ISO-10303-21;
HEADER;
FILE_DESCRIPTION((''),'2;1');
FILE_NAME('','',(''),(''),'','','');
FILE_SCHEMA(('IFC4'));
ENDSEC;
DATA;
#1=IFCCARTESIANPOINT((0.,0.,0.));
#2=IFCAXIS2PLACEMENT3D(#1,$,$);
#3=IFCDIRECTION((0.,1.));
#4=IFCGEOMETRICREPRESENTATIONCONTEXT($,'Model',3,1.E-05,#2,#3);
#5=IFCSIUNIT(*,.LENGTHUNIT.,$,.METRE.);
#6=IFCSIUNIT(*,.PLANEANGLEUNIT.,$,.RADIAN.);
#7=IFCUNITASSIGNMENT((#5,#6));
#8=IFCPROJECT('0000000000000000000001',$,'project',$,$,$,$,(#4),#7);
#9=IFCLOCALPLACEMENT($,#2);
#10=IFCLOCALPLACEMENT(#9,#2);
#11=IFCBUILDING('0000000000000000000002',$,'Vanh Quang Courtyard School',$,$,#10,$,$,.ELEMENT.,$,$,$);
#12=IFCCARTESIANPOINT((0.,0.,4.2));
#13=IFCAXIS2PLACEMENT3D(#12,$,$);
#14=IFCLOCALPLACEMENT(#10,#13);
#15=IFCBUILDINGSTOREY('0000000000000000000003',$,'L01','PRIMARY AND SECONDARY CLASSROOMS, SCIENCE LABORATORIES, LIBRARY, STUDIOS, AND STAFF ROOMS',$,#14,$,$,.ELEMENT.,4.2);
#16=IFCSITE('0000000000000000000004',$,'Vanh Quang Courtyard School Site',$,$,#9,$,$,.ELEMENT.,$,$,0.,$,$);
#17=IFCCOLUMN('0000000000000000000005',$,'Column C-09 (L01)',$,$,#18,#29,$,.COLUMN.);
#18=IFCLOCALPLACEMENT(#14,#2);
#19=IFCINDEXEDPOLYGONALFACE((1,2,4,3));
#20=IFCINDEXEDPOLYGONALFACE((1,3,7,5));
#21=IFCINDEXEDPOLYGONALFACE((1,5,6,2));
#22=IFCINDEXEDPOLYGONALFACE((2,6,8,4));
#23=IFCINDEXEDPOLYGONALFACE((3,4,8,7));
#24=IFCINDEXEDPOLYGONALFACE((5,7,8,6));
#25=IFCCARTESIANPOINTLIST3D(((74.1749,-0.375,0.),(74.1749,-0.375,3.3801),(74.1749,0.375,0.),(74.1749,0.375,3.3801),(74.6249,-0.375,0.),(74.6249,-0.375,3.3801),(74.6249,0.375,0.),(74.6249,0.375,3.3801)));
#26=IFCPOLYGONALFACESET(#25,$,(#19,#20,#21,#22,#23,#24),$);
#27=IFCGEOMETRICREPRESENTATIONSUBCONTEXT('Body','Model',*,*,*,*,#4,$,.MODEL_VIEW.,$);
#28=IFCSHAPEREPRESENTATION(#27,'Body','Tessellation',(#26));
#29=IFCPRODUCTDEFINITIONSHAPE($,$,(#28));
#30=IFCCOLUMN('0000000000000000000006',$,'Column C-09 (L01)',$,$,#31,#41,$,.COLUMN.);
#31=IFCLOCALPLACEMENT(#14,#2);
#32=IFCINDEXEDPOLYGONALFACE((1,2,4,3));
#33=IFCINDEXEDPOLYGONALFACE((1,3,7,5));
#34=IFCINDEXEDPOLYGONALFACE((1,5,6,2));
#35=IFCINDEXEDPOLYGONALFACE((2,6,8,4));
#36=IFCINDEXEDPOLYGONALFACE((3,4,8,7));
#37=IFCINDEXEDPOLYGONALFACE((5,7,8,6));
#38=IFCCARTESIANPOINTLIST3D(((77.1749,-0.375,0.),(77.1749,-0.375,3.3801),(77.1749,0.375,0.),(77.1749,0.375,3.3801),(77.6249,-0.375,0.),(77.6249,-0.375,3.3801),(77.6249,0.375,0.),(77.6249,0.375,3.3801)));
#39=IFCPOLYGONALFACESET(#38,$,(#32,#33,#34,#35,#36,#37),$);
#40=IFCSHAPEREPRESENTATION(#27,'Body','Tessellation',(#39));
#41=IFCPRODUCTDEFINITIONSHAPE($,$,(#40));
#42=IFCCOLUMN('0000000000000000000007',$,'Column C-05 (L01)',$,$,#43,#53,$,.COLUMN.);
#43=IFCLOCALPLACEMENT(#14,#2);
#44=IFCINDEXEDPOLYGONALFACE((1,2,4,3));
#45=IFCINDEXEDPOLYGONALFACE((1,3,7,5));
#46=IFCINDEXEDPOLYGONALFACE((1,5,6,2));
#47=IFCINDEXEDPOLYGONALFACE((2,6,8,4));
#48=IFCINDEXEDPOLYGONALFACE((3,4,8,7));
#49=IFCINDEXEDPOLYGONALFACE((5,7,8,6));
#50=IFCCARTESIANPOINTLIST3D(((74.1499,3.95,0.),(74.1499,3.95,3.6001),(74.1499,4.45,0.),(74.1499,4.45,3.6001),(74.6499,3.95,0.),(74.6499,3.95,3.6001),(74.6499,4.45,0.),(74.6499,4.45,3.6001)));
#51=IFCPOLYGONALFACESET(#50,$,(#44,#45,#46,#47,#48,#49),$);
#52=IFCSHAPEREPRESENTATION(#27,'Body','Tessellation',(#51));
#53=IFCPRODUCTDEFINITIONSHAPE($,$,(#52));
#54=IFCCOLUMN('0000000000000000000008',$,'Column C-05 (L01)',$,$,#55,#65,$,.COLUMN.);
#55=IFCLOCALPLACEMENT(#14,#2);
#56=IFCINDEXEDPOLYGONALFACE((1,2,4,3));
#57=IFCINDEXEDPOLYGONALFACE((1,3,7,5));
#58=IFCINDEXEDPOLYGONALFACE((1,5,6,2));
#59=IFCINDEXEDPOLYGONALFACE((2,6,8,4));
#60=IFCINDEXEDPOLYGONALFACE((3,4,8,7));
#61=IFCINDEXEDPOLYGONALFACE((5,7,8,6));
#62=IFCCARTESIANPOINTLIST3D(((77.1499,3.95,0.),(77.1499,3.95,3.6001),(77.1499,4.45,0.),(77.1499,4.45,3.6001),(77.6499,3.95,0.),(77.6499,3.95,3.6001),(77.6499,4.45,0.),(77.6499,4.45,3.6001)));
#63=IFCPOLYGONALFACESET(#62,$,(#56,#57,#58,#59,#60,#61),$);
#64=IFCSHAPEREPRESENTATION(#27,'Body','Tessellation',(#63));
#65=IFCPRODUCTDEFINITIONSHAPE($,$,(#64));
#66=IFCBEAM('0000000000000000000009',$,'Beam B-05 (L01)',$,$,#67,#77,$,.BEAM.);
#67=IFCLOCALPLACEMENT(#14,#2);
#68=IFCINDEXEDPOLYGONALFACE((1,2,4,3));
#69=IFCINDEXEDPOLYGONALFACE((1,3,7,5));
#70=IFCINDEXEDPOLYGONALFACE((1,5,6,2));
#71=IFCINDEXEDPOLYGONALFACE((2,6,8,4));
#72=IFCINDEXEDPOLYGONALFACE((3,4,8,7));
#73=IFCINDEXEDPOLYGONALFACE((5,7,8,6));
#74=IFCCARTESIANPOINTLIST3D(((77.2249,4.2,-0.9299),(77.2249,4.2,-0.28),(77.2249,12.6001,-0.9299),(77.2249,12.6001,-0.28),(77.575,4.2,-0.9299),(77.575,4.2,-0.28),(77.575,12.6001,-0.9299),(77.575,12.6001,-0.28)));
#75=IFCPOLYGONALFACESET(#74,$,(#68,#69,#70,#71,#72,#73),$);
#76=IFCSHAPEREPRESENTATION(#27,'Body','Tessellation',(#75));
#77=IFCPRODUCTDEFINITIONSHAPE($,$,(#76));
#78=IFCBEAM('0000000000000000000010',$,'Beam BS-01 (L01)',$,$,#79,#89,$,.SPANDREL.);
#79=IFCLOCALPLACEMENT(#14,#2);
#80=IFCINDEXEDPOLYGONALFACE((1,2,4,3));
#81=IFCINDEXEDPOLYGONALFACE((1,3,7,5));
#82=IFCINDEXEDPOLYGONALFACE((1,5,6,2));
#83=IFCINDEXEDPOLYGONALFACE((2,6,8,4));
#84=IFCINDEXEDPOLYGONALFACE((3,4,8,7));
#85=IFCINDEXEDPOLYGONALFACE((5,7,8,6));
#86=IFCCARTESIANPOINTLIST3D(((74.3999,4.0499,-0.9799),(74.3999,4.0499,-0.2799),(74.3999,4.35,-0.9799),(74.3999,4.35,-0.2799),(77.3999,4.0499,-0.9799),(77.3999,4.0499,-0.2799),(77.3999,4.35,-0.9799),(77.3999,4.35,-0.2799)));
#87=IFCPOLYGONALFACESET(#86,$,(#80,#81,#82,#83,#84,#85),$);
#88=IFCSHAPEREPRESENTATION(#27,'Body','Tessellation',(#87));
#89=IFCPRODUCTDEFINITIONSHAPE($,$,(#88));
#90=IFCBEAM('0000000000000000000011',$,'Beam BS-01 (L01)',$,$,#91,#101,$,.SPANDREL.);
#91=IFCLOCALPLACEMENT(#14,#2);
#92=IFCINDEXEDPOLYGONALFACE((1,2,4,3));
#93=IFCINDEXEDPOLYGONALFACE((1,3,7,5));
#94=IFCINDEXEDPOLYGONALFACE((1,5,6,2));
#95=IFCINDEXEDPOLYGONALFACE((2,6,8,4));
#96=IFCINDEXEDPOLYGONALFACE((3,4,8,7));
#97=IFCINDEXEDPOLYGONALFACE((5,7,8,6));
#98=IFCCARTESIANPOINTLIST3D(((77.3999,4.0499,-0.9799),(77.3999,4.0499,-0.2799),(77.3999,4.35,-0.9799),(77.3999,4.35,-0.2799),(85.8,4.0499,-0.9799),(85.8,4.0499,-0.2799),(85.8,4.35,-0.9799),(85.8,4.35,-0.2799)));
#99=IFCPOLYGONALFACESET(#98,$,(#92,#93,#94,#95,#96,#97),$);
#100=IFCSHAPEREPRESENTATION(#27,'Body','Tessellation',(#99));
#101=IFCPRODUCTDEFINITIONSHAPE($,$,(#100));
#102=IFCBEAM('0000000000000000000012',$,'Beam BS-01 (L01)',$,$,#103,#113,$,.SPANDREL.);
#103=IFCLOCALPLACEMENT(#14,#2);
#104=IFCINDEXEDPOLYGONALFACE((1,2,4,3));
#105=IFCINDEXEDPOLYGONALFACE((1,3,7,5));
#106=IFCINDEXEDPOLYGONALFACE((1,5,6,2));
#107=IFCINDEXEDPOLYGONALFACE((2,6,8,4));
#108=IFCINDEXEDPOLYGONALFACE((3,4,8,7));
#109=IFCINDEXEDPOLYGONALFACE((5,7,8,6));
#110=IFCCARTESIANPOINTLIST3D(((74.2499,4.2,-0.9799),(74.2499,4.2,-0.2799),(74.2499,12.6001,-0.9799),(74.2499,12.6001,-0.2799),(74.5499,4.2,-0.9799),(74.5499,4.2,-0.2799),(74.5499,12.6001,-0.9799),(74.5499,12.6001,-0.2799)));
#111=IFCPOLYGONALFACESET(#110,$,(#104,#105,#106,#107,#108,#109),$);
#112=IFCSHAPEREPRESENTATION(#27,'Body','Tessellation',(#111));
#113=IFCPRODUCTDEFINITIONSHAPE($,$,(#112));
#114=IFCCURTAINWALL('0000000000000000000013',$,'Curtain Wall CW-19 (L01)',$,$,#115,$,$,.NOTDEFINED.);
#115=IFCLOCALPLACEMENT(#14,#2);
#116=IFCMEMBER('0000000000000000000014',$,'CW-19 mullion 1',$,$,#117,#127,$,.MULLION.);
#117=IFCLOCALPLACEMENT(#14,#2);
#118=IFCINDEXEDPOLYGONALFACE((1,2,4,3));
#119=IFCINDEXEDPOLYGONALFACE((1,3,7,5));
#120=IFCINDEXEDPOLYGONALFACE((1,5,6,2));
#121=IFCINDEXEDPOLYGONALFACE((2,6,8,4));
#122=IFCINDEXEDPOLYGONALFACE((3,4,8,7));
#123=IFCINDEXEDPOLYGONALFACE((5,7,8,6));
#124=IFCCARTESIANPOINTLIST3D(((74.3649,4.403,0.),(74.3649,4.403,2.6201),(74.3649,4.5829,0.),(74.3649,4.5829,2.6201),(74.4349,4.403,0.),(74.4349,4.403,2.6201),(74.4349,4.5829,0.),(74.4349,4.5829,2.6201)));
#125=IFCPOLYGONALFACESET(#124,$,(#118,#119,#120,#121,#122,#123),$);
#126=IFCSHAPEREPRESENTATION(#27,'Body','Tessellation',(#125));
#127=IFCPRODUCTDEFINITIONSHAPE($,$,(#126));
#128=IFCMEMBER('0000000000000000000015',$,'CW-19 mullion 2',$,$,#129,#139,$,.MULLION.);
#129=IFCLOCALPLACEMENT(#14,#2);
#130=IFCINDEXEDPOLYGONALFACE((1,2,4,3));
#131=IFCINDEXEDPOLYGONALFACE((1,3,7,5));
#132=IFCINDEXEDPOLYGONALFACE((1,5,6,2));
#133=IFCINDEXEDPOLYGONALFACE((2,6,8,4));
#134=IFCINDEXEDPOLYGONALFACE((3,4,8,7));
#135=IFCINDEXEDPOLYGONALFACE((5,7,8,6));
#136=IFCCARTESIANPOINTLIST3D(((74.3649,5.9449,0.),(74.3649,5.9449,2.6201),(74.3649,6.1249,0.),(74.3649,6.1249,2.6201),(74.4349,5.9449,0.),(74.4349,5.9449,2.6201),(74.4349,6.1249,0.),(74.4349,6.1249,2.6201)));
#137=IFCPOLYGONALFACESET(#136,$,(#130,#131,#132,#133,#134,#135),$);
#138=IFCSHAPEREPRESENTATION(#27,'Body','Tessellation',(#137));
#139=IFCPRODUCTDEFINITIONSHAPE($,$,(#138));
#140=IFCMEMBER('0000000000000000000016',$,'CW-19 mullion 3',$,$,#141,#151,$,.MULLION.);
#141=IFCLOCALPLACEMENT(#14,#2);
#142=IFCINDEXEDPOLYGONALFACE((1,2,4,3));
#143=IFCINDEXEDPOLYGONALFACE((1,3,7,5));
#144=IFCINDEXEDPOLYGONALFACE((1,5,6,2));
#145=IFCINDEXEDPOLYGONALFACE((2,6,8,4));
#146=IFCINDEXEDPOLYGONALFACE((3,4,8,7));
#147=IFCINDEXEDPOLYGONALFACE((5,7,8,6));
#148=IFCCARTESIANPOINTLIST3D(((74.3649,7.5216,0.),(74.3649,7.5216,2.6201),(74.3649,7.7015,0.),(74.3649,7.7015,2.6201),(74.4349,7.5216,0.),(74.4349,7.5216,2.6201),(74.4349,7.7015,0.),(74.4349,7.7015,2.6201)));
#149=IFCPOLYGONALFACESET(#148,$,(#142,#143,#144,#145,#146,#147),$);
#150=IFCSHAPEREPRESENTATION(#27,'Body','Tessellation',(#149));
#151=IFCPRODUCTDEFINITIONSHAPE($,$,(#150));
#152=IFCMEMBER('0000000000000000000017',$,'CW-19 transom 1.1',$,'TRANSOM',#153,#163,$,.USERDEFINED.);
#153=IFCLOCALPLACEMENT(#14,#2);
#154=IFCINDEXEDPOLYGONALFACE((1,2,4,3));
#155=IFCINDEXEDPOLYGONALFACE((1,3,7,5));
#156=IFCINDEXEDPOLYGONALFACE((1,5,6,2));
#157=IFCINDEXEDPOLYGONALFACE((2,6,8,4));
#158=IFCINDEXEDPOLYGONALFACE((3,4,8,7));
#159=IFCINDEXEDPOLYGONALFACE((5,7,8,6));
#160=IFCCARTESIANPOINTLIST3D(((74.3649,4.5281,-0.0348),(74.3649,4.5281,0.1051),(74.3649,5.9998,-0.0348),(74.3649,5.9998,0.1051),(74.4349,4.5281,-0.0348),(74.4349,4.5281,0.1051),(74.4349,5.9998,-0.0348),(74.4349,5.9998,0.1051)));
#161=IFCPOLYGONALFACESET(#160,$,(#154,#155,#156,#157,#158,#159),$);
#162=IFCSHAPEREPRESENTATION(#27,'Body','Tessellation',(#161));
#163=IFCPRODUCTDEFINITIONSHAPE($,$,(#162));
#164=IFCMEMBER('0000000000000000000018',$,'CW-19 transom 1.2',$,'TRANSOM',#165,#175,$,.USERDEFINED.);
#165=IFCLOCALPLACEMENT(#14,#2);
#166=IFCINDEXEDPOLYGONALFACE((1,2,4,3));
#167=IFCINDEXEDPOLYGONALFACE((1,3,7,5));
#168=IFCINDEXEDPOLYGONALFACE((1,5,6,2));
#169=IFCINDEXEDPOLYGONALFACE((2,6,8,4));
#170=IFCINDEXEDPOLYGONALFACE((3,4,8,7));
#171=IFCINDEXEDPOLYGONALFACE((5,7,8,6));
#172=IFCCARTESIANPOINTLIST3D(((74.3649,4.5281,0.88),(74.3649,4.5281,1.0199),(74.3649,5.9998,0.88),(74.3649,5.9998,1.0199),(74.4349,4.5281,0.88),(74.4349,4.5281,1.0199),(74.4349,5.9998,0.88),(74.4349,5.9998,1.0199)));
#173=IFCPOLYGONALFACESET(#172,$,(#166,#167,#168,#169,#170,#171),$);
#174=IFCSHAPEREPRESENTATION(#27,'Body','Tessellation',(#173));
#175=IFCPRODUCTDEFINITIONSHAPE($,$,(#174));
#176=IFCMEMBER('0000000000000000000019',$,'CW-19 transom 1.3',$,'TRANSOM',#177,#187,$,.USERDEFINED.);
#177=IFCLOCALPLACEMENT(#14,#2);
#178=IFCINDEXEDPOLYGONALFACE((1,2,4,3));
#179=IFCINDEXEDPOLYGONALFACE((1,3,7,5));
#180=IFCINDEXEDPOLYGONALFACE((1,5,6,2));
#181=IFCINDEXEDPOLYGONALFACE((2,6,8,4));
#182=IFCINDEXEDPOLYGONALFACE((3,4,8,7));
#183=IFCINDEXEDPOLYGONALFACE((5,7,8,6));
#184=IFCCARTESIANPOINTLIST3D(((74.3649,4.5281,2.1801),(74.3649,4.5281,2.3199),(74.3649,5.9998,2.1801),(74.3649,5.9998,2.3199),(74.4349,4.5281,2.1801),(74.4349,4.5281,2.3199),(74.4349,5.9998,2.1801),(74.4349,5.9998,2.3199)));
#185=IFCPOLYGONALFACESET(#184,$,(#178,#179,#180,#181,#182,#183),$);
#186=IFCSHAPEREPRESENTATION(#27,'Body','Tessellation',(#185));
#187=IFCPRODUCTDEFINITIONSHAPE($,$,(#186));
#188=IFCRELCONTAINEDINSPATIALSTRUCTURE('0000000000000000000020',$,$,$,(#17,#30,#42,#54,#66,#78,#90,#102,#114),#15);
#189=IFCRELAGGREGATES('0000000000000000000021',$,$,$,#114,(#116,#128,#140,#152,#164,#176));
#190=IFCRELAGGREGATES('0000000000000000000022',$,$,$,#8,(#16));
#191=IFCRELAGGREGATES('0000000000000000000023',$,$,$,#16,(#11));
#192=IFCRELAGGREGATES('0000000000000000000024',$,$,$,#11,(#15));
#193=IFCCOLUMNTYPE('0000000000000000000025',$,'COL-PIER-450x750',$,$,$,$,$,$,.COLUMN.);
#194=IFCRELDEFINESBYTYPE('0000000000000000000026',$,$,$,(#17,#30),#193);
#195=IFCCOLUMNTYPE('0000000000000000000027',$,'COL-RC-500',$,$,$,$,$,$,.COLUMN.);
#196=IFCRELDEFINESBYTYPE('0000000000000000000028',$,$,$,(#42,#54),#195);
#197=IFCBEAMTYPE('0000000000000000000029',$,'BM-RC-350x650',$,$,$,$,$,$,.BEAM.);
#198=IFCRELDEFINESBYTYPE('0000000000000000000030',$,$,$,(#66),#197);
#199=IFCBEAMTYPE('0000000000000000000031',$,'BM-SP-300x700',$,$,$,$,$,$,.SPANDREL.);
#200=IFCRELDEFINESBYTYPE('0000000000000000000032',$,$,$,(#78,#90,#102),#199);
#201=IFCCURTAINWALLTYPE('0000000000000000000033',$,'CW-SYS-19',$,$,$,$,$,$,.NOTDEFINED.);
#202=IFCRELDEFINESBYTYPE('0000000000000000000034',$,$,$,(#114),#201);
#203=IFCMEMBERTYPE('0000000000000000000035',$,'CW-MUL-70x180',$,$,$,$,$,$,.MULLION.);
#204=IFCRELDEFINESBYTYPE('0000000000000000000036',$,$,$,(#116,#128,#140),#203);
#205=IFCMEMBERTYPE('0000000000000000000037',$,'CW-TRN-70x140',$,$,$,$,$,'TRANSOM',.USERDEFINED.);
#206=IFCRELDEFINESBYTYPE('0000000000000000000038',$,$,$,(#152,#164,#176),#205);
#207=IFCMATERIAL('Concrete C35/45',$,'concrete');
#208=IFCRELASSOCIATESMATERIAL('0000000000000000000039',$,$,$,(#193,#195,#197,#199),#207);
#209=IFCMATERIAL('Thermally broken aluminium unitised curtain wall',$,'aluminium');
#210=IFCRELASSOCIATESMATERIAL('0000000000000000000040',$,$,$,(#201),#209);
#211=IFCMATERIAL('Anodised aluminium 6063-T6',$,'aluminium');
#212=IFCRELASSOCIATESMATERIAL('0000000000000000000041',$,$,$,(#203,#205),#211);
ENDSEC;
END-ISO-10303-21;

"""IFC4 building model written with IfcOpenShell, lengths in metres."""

from ifc_helpers import new_model, si_unit, direction, frame, origin, origin_2d, place, context, subcontext, project, spatial, rectangle, extrude, material, material_profile, profile_set, type_object, element, aggregate, save


model = new_model("IFC4")

# Units and contexts
model_context = context("Model", 3, precision=1e-05, world=origin(), true_north=direction((0.0, 1.0)))
body_context = subcontext(model_context, "Body", "Model", "MODEL_VIEW")
ifc_project = project(units=[si_unit("LENGTHUNIT", "METRE"), si_unit("PLANEANGLEUNIT", "RADIAN")], contexts=[model_context])

# Site, building, storey
site_placement = place(None, origin())
site = spatial("IfcSite", under=ifc_project, at=site_placement, Name="Vanh Quang Courtyard School Site", CompositionType="ELEMENT", RefElevation=0.0)
building_placement = place(site_placement, origin())
building = spatial("IfcBuilding", under=site, at=building_placement, Name="Vanh Quang Courtyard School", CompositionType="ELEMENT")
storey_placement = place(building_placement, frame((0.0, 0.0, 4.2)))
storey = spatial("IfcBuildingStorey", under=building, at=storey_placement, Name="L01", Description="PRIMARY AND SECONDARY CLASSROOMS, SCIENCE LABORATORIES, LIBRARY, STUDIOS, AND STAFF ROOMS", CompositionType="ELEMENT", Elevation=4.2)

# Columns
ifc_material_1 = material(Name="Concrete C35/45", Category="concrete")
ifc_material_profile_1 = material_profile(ifc_material_1, rectangle(XDim=0.45, YDim=0.75, at=origin_2d()), Name="RC-PIER 450x750")
ifc_profile_set_1 = profile_set([ifc_material_profile_1], Name="Concrete C35/45")
column_type_1 = type_object("IfcColumnType", Name="COL-PIER-450x750", PredefinedType="COLUMN", material=ifc_profile_set_1)
for number, where, z_axis, x_axis, name in (
    (1, (74.3999, 0.0, 0.0), (0.0, 0.0, 1.0), (1.0, 0.0, 0.0), "Column C-09 (L01)"),
    (2, (77.3999, 0.0, 0.0), (0.0, 0.0, 1.0), (1.0, 0.0, 0.0), "Column C-09 (L01)"),
):
    element("IfcColumn", number, at=place(storey_placement, frame(where, z_axis=z_axis, x_axis=x_axis)), inside=storey, type_object=column_type_1, Name=name, PredefinedType="COLUMN", context=body_context, shape_type="SweptSolid", body=[
        extrude(rectangle(XDim=0.45, YDim=0.75, at=origin_2d()), origin(), (0.0, 0.0, 1.0), 3.3801),
    ])
ifc_material_profile_2 = material_profile(ifc_material_1, rectangle(XDim=0.5, YDim=0.5, at=origin_2d()), Name="RC-COL 500x500")
ifc_profile_set_2 = profile_set([ifc_material_profile_2], Name="Concrete C35/45")
column_type_2 = type_object("IfcColumnType", Name="COL-RC-500", PredefinedType="COLUMN", material=ifc_profile_set_2)
for number, where, z_axis, x_axis, name in (
    (3, (74.3999, 4.2, 0.0), (0.0, 0.0, 1.0), (1.0, 0.0, 0.0), "Column C-05 (L01)"),
    (4, (77.3999, 4.2, 0.0), (0.0, 0.0, 1.0), (1.0, 0.0, 0.0), "Column C-05 (L01)"),
):
    element("IfcColumn", number, at=place(storey_placement, frame(where, z_axis=z_axis, x_axis=x_axis)), inside=storey, type_object=column_type_2, Name=name, PredefinedType="COLUMN", context=body_context, shape_type="SweptSolid", body=[
        extrude(rectangle(XDim=0.5, YDim=0.5, at=origin_2d()), origin(), (0.0, 0.0, 1.0), 3.6001),
    ])

# Beams
ifc_material_profile_3 = material_profile(ifc_material_1, rectangle(XDim=0.3501, YDim=0.6499, at=origin_2d()), Name="RC-BM 350x650")
ifc_profile_set_3 = profile_set([ifc_material_profile_3], Name="Concrete C35/45")
beam_type_1 = type_object("IfcBeamType", Name="BM-RC-350x650", PredefinedType="BEAM", material=ifc_profile_set_3)
beam_1_placement = place(storey_placement, frame((77.3999, 4.2, -0.605), z_axis=(0.0, 1.0, 0.0), x_axis=(-1.0, 0.0, 0.0)))
element("IfcBeam", 5, at=beam_1_placement, inside=storey, type_object=beam_type_1, Name="Beam B-05 (L01)", PredefinedType="BEAM", context=body_context, shape_type="SweptSolid", body=[
    extrude(rectangle(XDim=0.3501, YDim=0.6499, at=origin_2d()), origin(), (0.0, 0.0, 1.0), 8.4001),
])
ifc_material_profile_4 = material_profile(ifc_material_1, rectangle(XDim=0.3, YDim=0.7, at=origin_2d()), Name="RC-SP 300x700")
ifc_profile_set_4 = profile_set([ifc_material_profile_4], Name="Concrete C35/45")
beam_type_2 = type_object("IfcBeamType", Name="BM-SP-300x700", PredefinedType="SPANDREL", material=ifc_profile_set_4)
beam_2_placement = place(storey_placement, frame((74.3999, 4.2, -0.6299), z_axis=(1.0, 0.0, 0.0), x_axis=(0.0, 1.0, 0.0)))
element("IfcBeam", 6, at=beam_2_placement, inside=storey, type_object=beam_type_2, Name="Beam BS-01 (L01)", PredefinedType="SPANDREL", context=body_context, shape_type="SweptSolid", body=[
    extrude(rectangle(XDim=0.3, YDim=0.7, at=origin_2d()), origin(), (0.0, 0.0, 1.0), 3.0),
])
for number, where, z_axis, x_axis, name in (
    (7, (77.3999, 4.2, -0.6299), (1.0, 0.0, 0.0), (0.0, 1.0, 0.0), "Beam BS-01 (L01)"),
    (8, (74.3999, 4.2, -0.6299), (0.0, 1.0, 0.0), (-1.0, 0.0, 0.0), "Beam BS-01 (L01)"),
):
    element("IfcBeam", number, at=place(storey_placement, frame(where, z_axis=z_axis, x_axis=x_axis)), inside=storey, type_object=beam_type_2, Name=name, PredefinedType="SPANDREL", context=body_context, shape_type="SweptSolid", body=[
        extrude(rectangle(XDim=0.3, YDim=0.7, at=origin_2d()), origin(), (0.0, 0.0, 1.0), 8.4001),
    ])

# Curtain wall, members
ifc_material_2 = material(Name="Thermally broken aluminium unitised curtain wall", Category="aluminium")
curtain_wall_type = type_object("IfcCurtainWallType", Name="CW-SYS-19", PredefinedType="NOTDEFINED", material=ifc_material_2)
curtain_wall_placement = place(storey_placement, origin())
curtain_wall = element("IfcCurtainWall", 9, at=curtain_wall_placement, inside=storey, type_object=curtain_wall_type, Name="Curtain Wall CW-19 (L01)", PredefinedType="NOTDEFINED")
ifc_material_3 = material(Name="Anodised aluminium 6063-T6", Category="aluminium")
ifc_material_profile_5 = material_profile(ifc_material_3, rectangle(XDim=0.0701, YDim=0.1799, at=origin_2d()), Name="ALU-MUL 70x180")
ifc_profile_set_5 = profile_set([ifc_material_profile_5], Name="Anodised aluminium 6063-T6")
member_type_1 = type_object("IfcMemberType", Name="CW-MUL-70x180", PredefinedType="MULLION", material=ifc_profile_set_5)
member_1_placement = place(storey_placement, frame((74.3999, 4.4929, 0.0), z_axis=(0.0, 0.0, 1.0), x_axis=(-1.0, 0.0, 0.0)))
member_1 = element("IfcMember", 10, at=member_1_placement, type_object=member_type_1, Name="CW-19 mullion 1", PredefinedType="MULLION", context=body_context, shape_type="SweptSolid", body=[
    extrude(rectangle(XDim=0.0701, YDim=0.1799, at=origin_2d()), origin(), (0.0, 0.0, 1.0), 2.6201),
])
member_2_placement = place(storey_placement, frame((74.3999, 6.0349, 0.0), z_axis=(0.0, 0.0, 1.0), x_axis=(-1.0, 0.0, 0.0)))
member_2 = element("IfcMember", 11, at=member_2_placement, type_object=member_type_1, Name="CW-19 mullion 2", PredefinedType="MULLION", context=body_context, shape_type="SweptSolid", body=[
    extrude(rectangle(XDim=0.0701, YDim=0.1799, at=origin_2d()), origin(), (0.0, 0.0, 1.0), 2.6201),
])
member_3_placement = place(storey_placement, frame((74.3999, 7.6116, 0.0), z_axis=(0.0, 0.0, 1.0), x_axis=(-1.0, 0.0, 0.0)))
member_3 = element("IfcMember", 12, at=member_3_placement, type_object=member_type_1, Name="CW-19 mullion 3", PredefinedType="MULLION", context=body_context, shape_type="SweptSolid", body=[
    extrude(rectangle(XDim=0.0701, YDim=0.1799, at=origin_2d()), origin(), (0.0, 0.0, 1.0), 2.6201),
])
ifc_material_profile_6 = material_profile(ifc_material_3, rectangle(XDim=0.0701, YDim=0.1399, at=origin_2d()), Name="ALU-TRN 70x140")
ifc_profile_set_6 = profile_set([ifc_material_profile_6], Name="Anodised aluminium 6063-T6")
member_type_2 = type_object("IfcMemberType", Name="CW-TRN-70x140", ElementType="TRANSOM", PredefinedType="USERDEFINED", material=ifc_profile_set_6)
member_4_placement = place(storey_placement, frame((74.3999, 4.5281, 0.0352), z_axis=(0.0, 1.0, 0.0), x_axis=(-1.0, 0.0, 0.0)))
member_4 = element("IfcMember", 13, at=member_4_placement, type_object=member_type_2, Name="CW-19 transom 1.1", ObjectType="TRANSOM", PredefinedType="USERDEFINED", context=body_context, shape_type="SweptSolid", body=[
    extrude(rectangle(XDim=0.0701, YDim=0.1399, at=origin_2d()), origin(), (0.0, 0.0, 1.0), 1.4717),
])
member_5_placement = place(storey_placement, frame((74.3999, 4.5281, 0.95), z_axis=(0.0, 1.0, 0.0), x_axis=(-1.0, 0.0, 0.0)))
member_5 = element("IfcMember", 14, at=member_5_placement, type_object=member_type_2, Name="CW-19 transom 1.2", ObjectType="TRANSOM", PredefinedType="USERDEFINED", context=body_context, shape_type="SweptSolid", body=[
    extrude(rectangle(XDim=0.0701, YDim=0.1399, at=origin_2d()), origin(), (0.0, 0.0, 1.0), 1.4717),
])
member_6_placement = place(storey_placement, frame((74.3999, 4.5281, 2.25), z_axis=(0.0, 1.0, 0.0), x_axis=(-1.0, 0.0, 0.0)))
member_6 = element("IfcMember", 15, at=member_6_placement, type_object=member_type_2, Name="CW-19 transom 1.3", ObjectType="TRANSOM", PredefinedType="USERDEFINED", context=body_context, shape_type="SweptSolid", body=[
    extrude(rectangle(XDim=0.0701, YDim=0.1399, at=origin_2d()), origin(), (0.0, 0.0, 1.0), 1.4717),
])
aggregate(curtain_wall, [member_1, member_2, member_3, member_4, member_5, member_6])

save(model, "model.ifc")
